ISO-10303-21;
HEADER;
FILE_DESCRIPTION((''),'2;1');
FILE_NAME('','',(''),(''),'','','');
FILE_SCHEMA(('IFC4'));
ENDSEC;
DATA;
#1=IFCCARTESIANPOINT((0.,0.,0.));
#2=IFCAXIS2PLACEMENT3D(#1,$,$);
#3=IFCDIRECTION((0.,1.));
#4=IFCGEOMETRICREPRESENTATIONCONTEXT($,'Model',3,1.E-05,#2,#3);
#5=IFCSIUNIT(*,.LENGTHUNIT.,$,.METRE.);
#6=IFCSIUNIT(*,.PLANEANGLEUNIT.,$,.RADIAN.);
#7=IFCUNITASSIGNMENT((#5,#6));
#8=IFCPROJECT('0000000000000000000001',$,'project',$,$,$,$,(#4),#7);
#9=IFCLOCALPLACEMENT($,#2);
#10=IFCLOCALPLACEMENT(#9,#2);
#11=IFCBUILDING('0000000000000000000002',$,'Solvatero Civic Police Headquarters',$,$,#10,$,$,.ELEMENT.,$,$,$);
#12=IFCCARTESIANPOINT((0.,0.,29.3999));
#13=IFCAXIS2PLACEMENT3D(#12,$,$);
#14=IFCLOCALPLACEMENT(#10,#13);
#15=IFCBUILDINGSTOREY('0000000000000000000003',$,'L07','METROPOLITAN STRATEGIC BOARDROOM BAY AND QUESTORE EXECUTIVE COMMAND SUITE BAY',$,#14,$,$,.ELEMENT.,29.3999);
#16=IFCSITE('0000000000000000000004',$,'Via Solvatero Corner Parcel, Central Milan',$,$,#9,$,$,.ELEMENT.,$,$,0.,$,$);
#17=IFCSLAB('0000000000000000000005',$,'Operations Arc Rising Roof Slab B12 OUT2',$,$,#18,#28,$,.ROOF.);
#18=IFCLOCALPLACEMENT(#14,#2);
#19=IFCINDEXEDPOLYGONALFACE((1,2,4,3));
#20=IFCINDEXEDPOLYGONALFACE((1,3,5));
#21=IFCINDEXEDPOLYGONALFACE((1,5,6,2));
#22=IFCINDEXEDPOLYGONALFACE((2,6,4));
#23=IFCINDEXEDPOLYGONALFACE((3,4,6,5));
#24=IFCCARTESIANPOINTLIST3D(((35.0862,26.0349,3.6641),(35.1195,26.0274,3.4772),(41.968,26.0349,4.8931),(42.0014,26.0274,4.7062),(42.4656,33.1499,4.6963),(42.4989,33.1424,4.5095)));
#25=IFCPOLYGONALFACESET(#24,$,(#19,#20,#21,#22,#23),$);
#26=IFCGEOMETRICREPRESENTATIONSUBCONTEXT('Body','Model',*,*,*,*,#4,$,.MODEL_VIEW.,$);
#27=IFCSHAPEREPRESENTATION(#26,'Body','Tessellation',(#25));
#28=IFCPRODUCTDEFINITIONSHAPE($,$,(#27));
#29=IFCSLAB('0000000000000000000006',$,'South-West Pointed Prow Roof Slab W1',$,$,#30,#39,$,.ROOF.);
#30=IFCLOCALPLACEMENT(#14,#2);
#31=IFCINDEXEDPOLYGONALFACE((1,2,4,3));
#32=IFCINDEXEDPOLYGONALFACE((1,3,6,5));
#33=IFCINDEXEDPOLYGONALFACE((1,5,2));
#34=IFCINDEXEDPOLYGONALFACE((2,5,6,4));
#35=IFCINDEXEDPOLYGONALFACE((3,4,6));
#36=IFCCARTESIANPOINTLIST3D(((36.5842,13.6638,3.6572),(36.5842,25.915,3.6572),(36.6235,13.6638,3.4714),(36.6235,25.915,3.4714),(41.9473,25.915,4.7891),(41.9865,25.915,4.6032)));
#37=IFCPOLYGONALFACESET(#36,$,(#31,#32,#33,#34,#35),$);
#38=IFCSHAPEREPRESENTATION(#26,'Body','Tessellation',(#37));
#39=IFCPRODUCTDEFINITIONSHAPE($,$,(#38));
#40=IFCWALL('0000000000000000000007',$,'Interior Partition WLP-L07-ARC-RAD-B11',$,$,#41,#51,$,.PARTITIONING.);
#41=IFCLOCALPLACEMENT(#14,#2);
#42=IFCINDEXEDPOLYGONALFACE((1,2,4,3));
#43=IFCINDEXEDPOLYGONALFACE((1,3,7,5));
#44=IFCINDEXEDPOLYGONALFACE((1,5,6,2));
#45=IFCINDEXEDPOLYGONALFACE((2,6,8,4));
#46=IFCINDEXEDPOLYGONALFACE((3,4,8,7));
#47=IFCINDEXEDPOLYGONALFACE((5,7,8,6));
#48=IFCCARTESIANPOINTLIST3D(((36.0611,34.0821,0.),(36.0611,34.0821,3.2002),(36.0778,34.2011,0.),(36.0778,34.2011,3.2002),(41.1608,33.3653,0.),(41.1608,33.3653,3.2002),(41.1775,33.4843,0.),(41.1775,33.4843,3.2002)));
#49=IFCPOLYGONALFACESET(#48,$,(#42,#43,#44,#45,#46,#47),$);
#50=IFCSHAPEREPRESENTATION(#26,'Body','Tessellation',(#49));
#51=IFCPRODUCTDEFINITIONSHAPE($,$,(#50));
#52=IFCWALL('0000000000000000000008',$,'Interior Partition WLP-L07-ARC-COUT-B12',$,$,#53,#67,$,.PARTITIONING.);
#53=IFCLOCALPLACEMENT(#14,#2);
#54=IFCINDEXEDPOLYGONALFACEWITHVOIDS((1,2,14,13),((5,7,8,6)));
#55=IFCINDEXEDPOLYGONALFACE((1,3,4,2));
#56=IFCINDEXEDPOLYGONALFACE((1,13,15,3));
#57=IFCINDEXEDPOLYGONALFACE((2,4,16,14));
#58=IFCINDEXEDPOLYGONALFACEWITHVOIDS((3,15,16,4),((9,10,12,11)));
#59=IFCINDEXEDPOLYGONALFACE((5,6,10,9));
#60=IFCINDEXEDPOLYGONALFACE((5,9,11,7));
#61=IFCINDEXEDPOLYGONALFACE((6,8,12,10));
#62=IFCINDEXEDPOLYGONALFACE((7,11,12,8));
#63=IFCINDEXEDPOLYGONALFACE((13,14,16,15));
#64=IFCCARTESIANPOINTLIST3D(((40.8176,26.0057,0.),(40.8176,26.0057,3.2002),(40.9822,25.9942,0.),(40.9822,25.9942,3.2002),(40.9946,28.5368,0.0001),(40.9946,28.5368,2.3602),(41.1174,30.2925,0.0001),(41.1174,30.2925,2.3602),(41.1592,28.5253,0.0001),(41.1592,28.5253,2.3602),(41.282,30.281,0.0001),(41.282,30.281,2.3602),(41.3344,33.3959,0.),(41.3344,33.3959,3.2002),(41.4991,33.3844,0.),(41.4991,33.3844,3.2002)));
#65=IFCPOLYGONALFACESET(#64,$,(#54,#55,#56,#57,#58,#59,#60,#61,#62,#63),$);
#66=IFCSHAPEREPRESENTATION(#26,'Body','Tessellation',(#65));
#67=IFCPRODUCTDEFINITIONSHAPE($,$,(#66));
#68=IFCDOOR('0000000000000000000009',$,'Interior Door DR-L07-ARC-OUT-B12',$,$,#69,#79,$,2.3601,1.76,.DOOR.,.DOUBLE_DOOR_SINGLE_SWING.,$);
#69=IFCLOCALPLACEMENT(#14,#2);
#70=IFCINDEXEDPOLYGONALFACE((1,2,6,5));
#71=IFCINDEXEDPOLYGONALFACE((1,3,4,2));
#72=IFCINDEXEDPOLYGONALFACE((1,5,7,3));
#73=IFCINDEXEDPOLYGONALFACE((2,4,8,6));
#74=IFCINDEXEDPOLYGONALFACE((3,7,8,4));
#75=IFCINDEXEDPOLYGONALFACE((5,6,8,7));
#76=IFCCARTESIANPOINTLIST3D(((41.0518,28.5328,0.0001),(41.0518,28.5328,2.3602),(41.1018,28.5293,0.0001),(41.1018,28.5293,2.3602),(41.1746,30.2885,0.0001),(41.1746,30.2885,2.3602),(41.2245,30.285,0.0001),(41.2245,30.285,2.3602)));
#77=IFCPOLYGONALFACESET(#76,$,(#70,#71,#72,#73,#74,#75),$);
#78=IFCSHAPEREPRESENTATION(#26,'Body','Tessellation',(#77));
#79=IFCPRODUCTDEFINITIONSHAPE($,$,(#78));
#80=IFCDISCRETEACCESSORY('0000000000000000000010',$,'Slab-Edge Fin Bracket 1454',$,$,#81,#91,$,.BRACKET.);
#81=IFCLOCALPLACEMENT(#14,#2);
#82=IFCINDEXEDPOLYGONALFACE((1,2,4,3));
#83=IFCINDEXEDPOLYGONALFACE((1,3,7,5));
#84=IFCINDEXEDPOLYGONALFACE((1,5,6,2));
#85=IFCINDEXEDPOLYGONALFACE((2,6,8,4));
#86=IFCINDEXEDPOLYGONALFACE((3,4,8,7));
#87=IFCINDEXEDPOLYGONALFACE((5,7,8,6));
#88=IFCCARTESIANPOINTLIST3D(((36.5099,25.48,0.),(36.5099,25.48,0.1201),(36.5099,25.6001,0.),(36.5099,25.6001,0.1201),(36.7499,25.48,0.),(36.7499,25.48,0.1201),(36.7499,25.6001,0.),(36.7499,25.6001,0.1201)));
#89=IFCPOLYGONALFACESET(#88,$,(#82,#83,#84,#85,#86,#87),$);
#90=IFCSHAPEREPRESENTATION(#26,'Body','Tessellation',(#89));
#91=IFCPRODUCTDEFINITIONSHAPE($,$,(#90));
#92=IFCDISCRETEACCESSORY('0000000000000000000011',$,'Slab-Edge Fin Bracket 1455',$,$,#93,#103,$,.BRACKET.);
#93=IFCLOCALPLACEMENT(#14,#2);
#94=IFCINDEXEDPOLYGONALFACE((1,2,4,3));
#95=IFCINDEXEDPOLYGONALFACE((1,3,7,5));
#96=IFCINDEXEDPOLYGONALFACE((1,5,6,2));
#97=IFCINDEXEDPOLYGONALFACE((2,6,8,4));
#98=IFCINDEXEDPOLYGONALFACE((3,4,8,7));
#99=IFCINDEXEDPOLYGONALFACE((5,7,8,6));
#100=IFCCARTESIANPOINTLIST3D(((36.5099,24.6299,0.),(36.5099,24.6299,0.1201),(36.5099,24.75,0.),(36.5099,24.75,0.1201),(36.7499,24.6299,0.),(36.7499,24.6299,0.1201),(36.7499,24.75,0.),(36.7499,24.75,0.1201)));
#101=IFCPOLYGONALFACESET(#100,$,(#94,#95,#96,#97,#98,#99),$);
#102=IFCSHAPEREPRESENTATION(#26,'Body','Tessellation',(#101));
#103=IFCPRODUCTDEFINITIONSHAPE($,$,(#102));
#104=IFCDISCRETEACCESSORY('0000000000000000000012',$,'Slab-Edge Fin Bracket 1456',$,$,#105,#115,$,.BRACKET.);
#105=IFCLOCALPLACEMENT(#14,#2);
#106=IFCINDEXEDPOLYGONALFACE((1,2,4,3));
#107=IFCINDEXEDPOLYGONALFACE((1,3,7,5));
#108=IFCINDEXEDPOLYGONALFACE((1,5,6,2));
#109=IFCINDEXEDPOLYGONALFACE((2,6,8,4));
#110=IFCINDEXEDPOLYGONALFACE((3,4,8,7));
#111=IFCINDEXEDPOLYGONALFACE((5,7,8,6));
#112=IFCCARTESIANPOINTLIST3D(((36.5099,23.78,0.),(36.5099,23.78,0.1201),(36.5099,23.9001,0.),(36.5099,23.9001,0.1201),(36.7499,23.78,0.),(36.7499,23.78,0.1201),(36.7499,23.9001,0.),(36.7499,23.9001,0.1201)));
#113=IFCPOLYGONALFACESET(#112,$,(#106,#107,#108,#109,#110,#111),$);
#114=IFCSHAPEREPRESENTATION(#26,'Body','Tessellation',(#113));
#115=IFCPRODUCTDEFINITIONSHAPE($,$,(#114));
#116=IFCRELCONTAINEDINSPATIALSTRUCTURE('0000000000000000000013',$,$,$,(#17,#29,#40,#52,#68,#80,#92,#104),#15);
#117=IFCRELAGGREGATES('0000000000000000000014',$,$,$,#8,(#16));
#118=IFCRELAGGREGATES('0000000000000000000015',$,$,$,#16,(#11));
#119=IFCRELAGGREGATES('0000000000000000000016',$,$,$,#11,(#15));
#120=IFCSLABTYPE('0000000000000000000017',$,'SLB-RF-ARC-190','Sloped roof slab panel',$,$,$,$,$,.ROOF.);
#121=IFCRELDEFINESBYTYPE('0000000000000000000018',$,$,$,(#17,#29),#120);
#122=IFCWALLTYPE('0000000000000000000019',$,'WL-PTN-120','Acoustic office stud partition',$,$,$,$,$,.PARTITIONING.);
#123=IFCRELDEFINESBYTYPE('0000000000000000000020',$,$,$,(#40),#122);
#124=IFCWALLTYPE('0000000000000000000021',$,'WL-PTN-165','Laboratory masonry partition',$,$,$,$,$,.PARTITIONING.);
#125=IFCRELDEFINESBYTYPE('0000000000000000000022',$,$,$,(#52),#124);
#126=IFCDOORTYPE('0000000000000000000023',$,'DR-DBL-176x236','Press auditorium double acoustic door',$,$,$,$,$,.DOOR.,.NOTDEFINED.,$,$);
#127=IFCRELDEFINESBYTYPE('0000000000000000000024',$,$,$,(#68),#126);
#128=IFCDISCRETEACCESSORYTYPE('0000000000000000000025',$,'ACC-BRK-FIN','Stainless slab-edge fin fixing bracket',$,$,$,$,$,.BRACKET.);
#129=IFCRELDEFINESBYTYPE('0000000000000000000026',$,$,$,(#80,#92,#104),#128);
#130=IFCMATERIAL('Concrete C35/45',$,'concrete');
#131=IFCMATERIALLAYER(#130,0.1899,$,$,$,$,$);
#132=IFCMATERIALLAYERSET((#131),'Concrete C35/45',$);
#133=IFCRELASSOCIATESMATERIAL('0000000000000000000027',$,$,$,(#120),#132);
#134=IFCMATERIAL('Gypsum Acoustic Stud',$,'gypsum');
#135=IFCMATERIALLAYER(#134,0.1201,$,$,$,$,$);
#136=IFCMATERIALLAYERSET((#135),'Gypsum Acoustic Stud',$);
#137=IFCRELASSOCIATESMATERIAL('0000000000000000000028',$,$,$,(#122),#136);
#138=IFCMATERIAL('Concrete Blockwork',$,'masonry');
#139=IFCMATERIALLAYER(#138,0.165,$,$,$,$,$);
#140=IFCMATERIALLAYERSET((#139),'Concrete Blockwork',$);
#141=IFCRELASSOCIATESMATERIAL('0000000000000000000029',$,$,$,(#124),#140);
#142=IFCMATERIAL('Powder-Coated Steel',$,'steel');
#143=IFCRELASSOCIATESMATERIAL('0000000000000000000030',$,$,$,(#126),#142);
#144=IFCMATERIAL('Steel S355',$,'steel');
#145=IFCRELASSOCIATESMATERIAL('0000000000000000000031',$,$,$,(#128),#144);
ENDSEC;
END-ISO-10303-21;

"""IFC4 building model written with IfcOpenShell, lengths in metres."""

from ifc_helpers import new_model, si_unit, direction, frame, frame_2d, origin, origin_2d, place, context, subcontext, project, spatial, polyline, rectangle, outline, extrude, material, layer, layer_set, type_object, element, fill, save


model = new_model("IFC4")

# Units and contexts
model_context = context("Model", 3, precision=1e-05, world=origin(), true_north=direction((0.0, 1.0)))
body_context = subcontext(model_context, "Body", "Model", "MODEL_VIEW")
ifc_project = project(units=[si_unit("LENGTHUNIT", "METRE"), si_unit("PLANEANGLEUNIT", "RADIAN")], contexts=[model_context])

# Site, building, storey
site_placement = place(None, origin())
site = spatial("IfcSite", under=ifc_project, at=site_placement, Name="Via Solvatero Corner Parcel, Central Milan", CompositionType="ELEMENT", RefElevation=0.0)
building_placement = place(site_placement, origin())
building = spatial("IfcBuilding", under=site, at=building_placement, Name="Solvatero Civic Police Headquarters", CompositionType="ELEMENT")
storey_placement = place(building_placement, frame((0.0, 0.0, 29.3999)))
storey = spatial("IfcBuildingStorey", under=building, at=storey_placement, Name="L07", Description="METROPOLITAN STRATEGIC BOARDROOM BAY AND QUESTORE EXECUTIVE COMMAND SUITE BAY", CompositionType="ELEMENT", Elevation=29.3999)

# Shared definitions
ifc_material_1 = material(Name="Steel S355", Category="steel")

# Slabs
ifc_material_2 = material(Name="Concrete C35/45", Category="concrete")
ifc_layer_1 = layer(ifc_material_2, 0.1899)
ifc_layer_set_1 = layer_set([ifc_layer_1], Name="Concrete C35/45")
slab_type = type_object("IfcSlabType", Name="SLB-RF-ARC-190", Description="Sloped roof slab panel", PredefinedType="ROOF", material=ifc_layer_set_1)
slab_1_placement = place(storey_placement, frame((42.4656, 33.1499, 4.6963), z_axis=(-0.175668, 0.039489, 0.983657), x_axis=(-0.069734, -0.997184, 0.027579)))
element("IfcSlab", 1, at=slab_1_placement, inside=storey, type_object=slab_type, Name="Operations Arc Rising Roof Slab B12 OUT2", PredefinedType="ROOF", context=body_context, shape_type="SweptSolid", body=[
    extrude(outline(polyline([(0.0, 0.0), (7.1351, 0.0), (7.5811, -6.9765), (0.0, 0.0)])), origin(), (0.0, 0.0, -1.0), 0.1899),
])
slab_2_placement = place(storey_placement, frame((36.5842, 25.915, 3.6572), z_axis=(-0.206495, 0.0, 0.978448), x_axis=(0.978448, 0.0, 0.206495)))
element("IfcSlab", 2, at=slab_2_placement, inside=storey, type_object=slab_type, Name="South-West Pointed Prow Roof Slab W1", PredefinedType="ROOF", context=body_context, shape_type="SweptSolid", body=[
    extrude(outline(polyline([(0.0, 0.0), (5.4812, 0.0), (0.0, -12.2512), (0.0, 0.0)])), origin(), (0.0, 0.0, -1.0), 0.1899),
])

# Wall
ifc_material_3 = material(Name="Gypsum Acoustic Stud", Category="gypsum")
ifc_layer_2 = layer(ifc_material_3, 0.1201)
ifc_layer_set_2 = layer_set([ifc_layer_2], Name="Gypsum Acoustic Stud")
wall_type_1 = type_object("IfcWallType", Name="WL-PTN-120", Description="Acoustic office stud partition", PredefinedType="PARTITIONING", material=ifc_layer_set_2)
wall_1_placement = place(storey_placement, frame((41.1692, 33.4248, 0.0), z_axis=(0.0, 0.0, 1.0), x_axis=(-0.990266, 0.139184, 0.0)))
element("IfcWall", 3, at=wall_1_placement, inside=storey, type_object=wall_type_1, Name="Interior Partition WLP-L07-ARC-RAD-B11", PredefinedType="PARTITIONING", context=body_context, shape_type="SweptSolid", body=[
    extrude(rectangle(XDim=5.1499, YDim=0.1201, at=frame_2d((2.575, 0.0))), origin(), (0.0, 0.0, 1.0), 3.2002),
])

# Wall, opening, door
ifc_material_4 = material(Name="Concrete Blockwork", Category="masonry")
ifc_layer_3 = layer(ifc_material_4, 0.165)
ifc_layer_set_3 = layer_set([ifc_layer_3], Name="Concrete Blockwork")
wall_type_2 = type_object("IfcWallType", Name="WL-PTN-165", Description="Laboratory masonry partition", PredefinedType="PARTITIONING", material=ifc_layer_set_3)
wall_2_placement = place(storey_placement, frame((41.4167, 33.3901, 0.0), z_axis=(0.0, 0.0, 1.0), x_axis=(-0.069767, -0.997563, 0.0)))
wall_2 = element("IfcWall", 4, at=wall_2_placement, inside=storey, type_object=wall_type_2, Name="Interior Partition WLP-L07-ARC-COUT-B12", PredefinedType="PARTITIONING", context=body_context, shape_type="SweptSolid", body=[
    extrude(rectangle(XDim=7.4082, YDim=0.165, at=frame_2d((3.7041, 0.0))), origin(), (0.0, 0.0, 1.0), 3.2002),
])
opening_1_placement = place(wall_2_placement, frame((3.1111, 0.0, 0.0)))
opening_1 = element("IfcOpeningElement", 5, at=opening_1_placement, cuts=wall_2, PredefinedType="OPENING", context=body_context, shape_type="SweptSolid", body=[
    extrude(rectangle(XDim=1.76, YDim=2.3601, at=frame_2d((0.8799, 1.1802))), frame((0.0, 0.0925, 0.0), z_axis=(0.0, -1.0, 0.0), x_axis=(1.0, 0.0, 0.0)), (0.0, 0.0, 1.0), 0.1851),
])
ifc_material_5 = material(Name="Powder-Coated Steel", Category="steel")
door_type_1 = type_object("IfcDoorType", Name="DR-DBL-176x236", Description="Press auditorium double acoustic door", OperationType="NOTDEFINED", PredefinedType="DOOR", material=ifc_material_5)
door_1_placement = place(opening_1_placement, origin())
door_1 = element("IfcDoor", 6, at=door_1_placement, inside=storey, type_object=door_type_1, Name="Interior Door DR-L07-ARC-OUT-B12", OperationType="DOUBLE_DOOR_SINGLE_SWING", OverallHeight=2.3601, OverallWidth=1.76, PredefinedType="DOOR", context=body_context, shape_type="SweptSolid", body=[
    extrude(rectangle(XDim=1.76, YDim=2.3601, at=frame_2d((0.8799, 1.1802))), frame((0.0, 0.0249, 0.0), z_axis=(0.0, -1.0, 0.0), x_axis=(1.0, 0.0, 0.0)), (0.0, 0.0, 1.0), 0.05),
])
fill(opening_1, door_1)

# Discrete accessories
discrete_accessory_type = type_object("IfcDiscreteAccessoryType", Name="ACC-BRK-FIN", Description="Stainless slab-edge fin fixing bracket", PredefinedType="BRACKET", material=ifc_material_1)
for number, where, z_axis, x_axis, name in (
    (7, (36.6299, 25.54, 0.0), (0.0, 0.0, 1.0), (0.0, -1.0, 0.0), "Slab-Edge Fin Bracket 1454"),
    (8, (36.6299, 24.6899, 0.0), (0.0, 0.0, 1.0), (0.0, -1.0, 0.0), "Slab-Edge Fin Bracket 1455"),
    (9, (36.6299, 23.8401, 0.0), (0.0, 0.0, 1.0), (0.0, -1.0, 0.0), "Slab-Edge Fin Bracket 1456"),
):
    element("IfcDiscreteAccessory", number, at=place(storey_placement, frame(where, z_axis=z_axis, x_axis=x_axis)), inside=storey, type_object=discrete_accessory_type, Name=name, PredefinedType="BRACKET", context=body_context, shape_type="SweptSolid", body=[
        extrude(rectangle(XDim=0.1201, YDim=0.24, at=origin_2d()), origin(), (0.0, 0.0, 1.0), 0.1201),
    ])

save(model, "model.ifc")
